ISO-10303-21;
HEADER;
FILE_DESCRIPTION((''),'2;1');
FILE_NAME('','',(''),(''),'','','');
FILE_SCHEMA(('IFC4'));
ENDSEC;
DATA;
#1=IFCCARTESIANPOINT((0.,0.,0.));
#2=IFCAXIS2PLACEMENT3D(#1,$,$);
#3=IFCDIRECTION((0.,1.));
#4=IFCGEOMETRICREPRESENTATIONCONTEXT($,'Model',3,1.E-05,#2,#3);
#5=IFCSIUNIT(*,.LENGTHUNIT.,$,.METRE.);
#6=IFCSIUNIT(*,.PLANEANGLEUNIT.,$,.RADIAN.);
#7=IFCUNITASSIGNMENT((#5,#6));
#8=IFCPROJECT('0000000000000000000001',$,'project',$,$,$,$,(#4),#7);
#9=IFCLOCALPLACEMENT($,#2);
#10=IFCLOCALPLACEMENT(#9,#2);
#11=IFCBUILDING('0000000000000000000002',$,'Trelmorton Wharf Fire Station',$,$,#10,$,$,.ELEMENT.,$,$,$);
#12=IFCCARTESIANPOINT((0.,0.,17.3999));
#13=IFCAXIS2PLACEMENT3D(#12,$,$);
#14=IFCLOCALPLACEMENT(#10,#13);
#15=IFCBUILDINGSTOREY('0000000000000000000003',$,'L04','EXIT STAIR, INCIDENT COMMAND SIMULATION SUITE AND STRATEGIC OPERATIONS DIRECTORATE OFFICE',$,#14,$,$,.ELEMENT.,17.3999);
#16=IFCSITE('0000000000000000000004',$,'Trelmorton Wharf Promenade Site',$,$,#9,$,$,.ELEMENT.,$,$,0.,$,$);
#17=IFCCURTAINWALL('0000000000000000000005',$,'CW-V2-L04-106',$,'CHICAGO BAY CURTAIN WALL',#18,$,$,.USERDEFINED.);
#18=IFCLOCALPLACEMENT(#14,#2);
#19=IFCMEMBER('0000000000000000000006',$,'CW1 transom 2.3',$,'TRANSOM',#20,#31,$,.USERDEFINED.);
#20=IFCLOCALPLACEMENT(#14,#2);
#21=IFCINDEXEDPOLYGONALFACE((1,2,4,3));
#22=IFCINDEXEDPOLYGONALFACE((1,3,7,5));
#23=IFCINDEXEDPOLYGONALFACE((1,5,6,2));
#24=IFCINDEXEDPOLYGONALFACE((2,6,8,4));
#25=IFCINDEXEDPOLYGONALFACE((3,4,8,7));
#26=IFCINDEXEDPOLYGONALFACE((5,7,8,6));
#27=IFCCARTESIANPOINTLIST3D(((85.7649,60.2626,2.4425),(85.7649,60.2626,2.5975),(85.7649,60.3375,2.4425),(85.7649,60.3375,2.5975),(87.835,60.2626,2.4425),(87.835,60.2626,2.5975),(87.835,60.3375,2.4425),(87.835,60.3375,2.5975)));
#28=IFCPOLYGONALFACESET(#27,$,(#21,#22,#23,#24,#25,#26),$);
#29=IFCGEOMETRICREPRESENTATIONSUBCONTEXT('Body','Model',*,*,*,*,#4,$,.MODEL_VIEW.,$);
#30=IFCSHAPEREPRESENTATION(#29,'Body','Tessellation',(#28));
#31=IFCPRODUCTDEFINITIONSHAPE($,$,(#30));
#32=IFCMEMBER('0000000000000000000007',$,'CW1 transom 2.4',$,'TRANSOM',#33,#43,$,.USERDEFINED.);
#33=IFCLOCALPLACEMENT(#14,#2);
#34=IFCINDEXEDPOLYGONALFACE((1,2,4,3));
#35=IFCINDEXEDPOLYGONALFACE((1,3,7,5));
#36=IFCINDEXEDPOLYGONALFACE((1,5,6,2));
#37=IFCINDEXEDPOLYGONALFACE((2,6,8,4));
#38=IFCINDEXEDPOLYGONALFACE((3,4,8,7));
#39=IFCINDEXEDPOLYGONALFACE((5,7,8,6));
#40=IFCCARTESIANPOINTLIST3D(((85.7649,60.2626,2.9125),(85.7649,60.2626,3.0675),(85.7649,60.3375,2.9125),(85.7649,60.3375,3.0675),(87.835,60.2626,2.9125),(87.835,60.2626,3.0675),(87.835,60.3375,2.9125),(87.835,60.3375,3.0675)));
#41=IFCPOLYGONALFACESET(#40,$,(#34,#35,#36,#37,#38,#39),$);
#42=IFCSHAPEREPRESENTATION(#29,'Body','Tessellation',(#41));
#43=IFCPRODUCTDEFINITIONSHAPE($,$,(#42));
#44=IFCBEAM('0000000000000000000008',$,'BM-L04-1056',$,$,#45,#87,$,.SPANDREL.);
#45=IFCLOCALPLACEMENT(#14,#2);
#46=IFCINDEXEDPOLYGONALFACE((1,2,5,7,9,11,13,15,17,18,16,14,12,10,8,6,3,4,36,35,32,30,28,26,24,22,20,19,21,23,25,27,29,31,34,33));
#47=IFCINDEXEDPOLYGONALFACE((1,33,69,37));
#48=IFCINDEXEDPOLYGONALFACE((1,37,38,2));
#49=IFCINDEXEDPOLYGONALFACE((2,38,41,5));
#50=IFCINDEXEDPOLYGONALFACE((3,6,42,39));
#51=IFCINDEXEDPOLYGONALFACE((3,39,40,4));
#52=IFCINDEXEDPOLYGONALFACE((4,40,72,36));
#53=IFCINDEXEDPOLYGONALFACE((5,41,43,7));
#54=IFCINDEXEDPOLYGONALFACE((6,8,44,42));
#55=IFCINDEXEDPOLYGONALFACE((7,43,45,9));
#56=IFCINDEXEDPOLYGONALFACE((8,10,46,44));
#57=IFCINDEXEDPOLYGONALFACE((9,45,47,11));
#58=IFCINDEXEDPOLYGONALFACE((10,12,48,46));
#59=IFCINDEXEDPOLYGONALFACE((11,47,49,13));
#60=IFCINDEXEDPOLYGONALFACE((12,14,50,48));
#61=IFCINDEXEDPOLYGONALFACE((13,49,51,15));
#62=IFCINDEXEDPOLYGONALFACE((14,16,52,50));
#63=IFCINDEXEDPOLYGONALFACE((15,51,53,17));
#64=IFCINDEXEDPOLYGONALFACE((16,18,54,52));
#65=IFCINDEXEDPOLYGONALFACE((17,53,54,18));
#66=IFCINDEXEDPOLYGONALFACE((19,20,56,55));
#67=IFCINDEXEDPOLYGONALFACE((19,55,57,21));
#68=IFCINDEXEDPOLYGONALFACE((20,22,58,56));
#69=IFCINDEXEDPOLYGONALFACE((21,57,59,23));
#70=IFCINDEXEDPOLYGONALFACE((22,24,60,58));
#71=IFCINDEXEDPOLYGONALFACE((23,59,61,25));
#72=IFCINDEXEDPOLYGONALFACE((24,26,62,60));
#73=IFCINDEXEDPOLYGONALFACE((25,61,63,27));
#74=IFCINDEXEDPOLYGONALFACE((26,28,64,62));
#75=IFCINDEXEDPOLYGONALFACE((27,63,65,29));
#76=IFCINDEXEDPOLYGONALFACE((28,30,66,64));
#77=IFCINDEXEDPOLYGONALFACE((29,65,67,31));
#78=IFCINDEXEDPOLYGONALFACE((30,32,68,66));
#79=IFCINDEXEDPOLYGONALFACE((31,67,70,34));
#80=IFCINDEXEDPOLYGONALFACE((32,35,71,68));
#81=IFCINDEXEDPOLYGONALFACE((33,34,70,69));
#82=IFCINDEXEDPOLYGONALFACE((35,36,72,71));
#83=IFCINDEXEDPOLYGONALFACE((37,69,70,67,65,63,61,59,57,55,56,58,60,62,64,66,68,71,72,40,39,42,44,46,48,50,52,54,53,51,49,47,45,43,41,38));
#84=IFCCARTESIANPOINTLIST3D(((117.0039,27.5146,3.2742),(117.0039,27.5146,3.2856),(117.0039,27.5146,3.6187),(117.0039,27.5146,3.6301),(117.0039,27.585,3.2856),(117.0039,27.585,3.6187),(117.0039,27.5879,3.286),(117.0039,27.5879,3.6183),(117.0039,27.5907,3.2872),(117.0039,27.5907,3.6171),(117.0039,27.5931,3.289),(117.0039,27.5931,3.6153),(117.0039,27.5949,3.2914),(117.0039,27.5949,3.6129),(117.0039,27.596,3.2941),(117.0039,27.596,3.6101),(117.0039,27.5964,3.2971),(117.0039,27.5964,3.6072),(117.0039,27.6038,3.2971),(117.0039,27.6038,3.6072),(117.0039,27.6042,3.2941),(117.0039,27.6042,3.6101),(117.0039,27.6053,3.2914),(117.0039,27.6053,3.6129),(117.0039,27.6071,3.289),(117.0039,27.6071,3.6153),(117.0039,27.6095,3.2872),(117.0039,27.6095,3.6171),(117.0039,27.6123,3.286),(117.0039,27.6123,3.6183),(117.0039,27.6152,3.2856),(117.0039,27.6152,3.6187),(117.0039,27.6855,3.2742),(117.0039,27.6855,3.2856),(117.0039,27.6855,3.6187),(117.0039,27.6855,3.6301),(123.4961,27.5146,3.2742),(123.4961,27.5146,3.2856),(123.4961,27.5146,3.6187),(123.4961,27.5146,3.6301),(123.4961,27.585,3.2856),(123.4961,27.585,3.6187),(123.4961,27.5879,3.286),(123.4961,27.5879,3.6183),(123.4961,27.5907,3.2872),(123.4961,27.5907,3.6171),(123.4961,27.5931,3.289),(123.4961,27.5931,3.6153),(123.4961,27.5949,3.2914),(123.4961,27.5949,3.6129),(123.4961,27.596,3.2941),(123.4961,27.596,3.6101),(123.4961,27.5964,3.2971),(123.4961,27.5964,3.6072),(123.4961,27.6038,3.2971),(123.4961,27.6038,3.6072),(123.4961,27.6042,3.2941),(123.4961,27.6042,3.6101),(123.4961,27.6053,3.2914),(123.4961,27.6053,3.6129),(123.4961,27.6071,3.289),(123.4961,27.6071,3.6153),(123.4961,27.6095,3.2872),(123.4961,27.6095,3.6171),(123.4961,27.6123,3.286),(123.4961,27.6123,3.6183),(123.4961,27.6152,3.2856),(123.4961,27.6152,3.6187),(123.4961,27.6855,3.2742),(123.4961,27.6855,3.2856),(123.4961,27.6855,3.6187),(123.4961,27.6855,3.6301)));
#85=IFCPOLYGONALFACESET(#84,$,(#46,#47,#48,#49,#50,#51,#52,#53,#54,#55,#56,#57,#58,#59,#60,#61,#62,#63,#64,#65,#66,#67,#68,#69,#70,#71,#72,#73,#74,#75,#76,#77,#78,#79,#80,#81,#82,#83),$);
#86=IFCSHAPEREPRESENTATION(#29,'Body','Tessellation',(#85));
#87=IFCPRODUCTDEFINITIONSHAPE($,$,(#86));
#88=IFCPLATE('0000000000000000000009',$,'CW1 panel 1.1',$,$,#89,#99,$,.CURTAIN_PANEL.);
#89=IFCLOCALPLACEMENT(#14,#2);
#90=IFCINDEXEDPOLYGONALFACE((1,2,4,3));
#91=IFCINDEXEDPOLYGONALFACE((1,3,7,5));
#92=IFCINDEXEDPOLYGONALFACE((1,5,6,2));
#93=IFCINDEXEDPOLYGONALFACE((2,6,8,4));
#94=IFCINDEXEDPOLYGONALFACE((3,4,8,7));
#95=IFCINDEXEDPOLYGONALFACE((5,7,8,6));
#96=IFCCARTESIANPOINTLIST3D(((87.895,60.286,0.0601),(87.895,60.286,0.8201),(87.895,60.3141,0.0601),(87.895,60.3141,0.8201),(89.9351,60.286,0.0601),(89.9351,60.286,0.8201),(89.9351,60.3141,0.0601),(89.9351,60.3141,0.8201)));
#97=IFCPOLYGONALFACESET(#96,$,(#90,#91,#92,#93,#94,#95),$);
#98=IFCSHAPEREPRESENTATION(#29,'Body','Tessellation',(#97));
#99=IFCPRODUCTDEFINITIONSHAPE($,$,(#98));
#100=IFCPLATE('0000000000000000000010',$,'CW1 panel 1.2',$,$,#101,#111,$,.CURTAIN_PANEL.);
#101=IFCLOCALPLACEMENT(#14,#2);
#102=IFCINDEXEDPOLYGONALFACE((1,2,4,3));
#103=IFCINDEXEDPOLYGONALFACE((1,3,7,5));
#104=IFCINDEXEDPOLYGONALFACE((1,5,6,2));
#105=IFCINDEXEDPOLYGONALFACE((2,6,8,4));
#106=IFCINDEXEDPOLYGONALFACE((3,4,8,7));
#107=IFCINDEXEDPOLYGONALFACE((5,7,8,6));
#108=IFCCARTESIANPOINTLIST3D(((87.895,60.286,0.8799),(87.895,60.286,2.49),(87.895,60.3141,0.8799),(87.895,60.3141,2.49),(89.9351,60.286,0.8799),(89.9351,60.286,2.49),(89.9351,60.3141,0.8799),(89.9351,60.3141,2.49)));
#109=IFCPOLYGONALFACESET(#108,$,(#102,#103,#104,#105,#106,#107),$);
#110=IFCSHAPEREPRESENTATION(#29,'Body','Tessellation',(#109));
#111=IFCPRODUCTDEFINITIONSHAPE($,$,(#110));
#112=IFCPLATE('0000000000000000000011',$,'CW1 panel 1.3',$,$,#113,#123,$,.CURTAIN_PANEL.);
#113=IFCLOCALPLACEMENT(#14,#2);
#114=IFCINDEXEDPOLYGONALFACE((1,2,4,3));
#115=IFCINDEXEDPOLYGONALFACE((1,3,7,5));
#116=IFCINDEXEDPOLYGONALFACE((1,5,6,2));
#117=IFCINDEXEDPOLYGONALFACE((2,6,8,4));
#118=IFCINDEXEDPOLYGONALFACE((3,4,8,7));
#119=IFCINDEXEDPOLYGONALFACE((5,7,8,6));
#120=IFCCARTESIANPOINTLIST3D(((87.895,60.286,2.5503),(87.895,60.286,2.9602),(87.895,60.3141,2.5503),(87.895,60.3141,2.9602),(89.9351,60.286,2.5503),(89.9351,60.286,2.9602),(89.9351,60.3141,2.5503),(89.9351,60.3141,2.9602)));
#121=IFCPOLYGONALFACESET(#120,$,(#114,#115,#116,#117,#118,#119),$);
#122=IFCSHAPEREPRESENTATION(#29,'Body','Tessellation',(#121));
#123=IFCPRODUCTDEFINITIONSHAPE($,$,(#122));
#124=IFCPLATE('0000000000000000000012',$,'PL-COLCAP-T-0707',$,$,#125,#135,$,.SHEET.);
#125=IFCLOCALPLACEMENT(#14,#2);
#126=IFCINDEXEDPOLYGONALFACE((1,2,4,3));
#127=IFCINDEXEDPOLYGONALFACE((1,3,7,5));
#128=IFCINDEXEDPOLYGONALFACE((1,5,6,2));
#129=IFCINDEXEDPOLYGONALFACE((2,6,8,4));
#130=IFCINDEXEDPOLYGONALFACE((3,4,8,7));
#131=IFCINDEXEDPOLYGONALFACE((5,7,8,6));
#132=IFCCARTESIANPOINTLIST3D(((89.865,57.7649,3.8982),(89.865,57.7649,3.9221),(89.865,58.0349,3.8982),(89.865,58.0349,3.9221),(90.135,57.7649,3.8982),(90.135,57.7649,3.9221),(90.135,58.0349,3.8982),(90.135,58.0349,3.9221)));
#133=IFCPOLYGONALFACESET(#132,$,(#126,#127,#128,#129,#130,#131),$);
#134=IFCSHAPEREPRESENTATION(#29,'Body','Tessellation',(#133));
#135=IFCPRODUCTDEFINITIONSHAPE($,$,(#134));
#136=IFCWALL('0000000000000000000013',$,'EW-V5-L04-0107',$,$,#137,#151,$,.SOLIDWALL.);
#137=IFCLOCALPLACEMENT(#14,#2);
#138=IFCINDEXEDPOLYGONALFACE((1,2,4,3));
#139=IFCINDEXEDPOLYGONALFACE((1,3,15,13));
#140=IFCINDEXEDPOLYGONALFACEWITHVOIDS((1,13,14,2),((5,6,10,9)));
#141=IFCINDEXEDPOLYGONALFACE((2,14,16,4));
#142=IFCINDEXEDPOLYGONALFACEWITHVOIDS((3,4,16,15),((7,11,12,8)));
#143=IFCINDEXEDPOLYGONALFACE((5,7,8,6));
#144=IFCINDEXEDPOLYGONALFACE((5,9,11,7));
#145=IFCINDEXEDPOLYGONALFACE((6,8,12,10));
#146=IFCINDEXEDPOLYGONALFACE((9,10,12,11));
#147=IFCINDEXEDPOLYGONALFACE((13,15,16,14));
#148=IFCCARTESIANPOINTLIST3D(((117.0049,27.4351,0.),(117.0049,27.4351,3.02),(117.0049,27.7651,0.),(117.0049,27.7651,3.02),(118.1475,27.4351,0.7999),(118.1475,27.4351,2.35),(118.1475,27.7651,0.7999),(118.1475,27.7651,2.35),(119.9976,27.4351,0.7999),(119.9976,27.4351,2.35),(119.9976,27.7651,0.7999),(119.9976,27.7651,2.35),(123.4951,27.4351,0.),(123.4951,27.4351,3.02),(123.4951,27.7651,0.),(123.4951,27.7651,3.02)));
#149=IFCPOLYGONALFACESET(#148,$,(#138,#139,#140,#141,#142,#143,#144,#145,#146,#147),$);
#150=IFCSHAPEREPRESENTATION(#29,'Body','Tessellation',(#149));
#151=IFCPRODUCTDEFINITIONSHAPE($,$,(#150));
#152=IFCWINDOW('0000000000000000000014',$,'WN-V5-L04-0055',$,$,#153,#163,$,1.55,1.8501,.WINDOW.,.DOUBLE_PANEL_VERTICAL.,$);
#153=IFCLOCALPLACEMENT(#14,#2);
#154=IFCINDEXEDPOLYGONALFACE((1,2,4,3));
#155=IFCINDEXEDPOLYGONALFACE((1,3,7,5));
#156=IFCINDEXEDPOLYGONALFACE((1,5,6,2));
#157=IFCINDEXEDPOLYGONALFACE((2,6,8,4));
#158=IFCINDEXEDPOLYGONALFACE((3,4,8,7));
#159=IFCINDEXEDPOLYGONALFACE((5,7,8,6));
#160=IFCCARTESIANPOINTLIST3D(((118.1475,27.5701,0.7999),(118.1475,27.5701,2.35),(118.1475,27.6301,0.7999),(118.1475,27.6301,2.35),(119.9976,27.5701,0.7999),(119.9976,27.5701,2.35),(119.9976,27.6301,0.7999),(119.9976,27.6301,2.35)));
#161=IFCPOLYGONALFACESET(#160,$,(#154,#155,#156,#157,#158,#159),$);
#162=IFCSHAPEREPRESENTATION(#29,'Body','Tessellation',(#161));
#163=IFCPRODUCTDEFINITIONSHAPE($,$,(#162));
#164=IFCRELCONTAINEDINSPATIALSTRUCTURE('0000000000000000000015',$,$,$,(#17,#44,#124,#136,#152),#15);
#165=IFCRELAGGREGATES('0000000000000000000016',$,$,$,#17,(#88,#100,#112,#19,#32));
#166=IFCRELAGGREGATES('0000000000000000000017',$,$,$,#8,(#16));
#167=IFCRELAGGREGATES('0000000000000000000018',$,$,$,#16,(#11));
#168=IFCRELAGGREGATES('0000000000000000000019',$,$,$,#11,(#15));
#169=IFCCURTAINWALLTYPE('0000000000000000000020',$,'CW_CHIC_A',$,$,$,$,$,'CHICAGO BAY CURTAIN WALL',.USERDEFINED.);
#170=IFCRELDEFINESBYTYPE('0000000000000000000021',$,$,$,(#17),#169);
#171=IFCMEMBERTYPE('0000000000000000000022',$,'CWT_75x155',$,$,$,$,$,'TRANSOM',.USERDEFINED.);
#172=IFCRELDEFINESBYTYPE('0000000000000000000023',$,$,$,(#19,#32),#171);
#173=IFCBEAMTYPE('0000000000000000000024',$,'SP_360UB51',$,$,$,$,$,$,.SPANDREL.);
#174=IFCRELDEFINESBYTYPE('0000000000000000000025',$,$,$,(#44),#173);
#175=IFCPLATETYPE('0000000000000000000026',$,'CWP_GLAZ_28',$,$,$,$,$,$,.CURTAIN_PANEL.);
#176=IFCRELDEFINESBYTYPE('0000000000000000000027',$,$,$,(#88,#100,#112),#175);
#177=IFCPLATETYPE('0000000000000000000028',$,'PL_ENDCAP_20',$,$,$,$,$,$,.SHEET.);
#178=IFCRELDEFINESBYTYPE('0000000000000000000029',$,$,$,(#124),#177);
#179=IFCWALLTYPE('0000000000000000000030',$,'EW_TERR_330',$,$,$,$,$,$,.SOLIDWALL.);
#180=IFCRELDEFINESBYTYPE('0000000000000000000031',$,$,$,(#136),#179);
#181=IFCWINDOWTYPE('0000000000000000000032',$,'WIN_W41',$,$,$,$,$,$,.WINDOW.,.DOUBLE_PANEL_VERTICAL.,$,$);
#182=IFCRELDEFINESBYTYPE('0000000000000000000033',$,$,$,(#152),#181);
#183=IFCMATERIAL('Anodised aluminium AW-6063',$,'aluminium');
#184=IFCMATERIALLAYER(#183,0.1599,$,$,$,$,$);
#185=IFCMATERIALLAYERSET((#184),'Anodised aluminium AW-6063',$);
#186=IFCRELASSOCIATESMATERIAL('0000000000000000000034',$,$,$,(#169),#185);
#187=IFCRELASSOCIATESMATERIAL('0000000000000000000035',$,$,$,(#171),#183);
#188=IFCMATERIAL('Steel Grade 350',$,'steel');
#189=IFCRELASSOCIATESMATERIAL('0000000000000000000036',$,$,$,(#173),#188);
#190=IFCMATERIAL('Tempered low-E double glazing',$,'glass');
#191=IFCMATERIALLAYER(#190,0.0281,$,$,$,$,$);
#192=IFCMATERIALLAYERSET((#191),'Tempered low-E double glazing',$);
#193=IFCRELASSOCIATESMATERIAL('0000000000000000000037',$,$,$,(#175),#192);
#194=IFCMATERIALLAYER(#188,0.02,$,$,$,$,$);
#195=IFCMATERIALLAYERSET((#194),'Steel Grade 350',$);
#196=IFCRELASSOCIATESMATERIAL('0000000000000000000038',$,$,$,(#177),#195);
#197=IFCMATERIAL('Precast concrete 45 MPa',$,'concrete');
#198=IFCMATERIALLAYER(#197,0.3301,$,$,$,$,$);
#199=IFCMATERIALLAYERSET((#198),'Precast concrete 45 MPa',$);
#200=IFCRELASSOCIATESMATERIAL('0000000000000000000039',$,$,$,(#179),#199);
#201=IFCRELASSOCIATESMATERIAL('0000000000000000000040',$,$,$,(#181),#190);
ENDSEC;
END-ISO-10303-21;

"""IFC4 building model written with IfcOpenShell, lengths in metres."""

from ifc_helpers import new_model, si_unit, direction, frame, frame_2d, origin, origin_2d, place, context, subcontext, project, spatial, rectangle, i_section, extrude, material, layer, layer_set, material_profile, profile_set, type_object, element, fill, aggregate, save


model = new_model("IFC4")

# Units and contexts
model_context = context("Model", 3, precision=1e-05, world=origin(), true_north=direction((0.0, 1.0)))
body_context = subcontext(model_context, "Body", "Model", "MODEL_VIEW")
ifc_project = project(units=[si_unit("LENGTHUNIT", "METRE"), si_unit("PLANEANGLEUNIT", "RADIAN")], contexts=[model_context])

# Site, building, storey
site_placement = place(None, origin())
site = spatial("IfcSite", under=ifc_project, at=site_placement, Name="Trelmorton Wharf Promenade Site", CompositionType="ELEMENT", RefElevation=0.0)
building_placement = place(site_placement, origin())
building = spatial("IfcBuilding", under=site, at=building_placement, Name="Trelmorton Wharf Fire Station", CompositionType="ELEMENT")
storey_placement = place(building_placement, frame((0.0, 0.0, 17.3999)))
storey = spatial("IfcBuildingStorey", under=building, at=storey_placement, Name="L04", Description="EXIT STAIR, INCIDENT COMMAND SIMULATION SUITE AND STRATEGIC OPERATIONS DIRECTORATE OFFICE", CompositionType="ELEMENT", Elevation=17.3999)

# Shared definitions
ifc_material_1 = material(Name="Steel Grade 350", Category="steel")

# Curtain wall, members
ifc_material_2 = material(Name="Anodised aluminium AW-6063", Category="aluminium")
ifc_layer_1 = layer(ifc_material_2, 0.1599)
ifc_layer_set_1 = layer_set([ifc_layer_1], Name="Anodised aluminium AW-6063")
curtain_wall_type = type_object("IfcCurtainWallType", Name="CW_CHIC_A", ElementType="CHICAGO BAY CURTAIN WALL", PredefinedType="USERDEFINED", material=ifc_layer_set_1)
curtain_wall_placement = place(storey_placement, origin())
curtain_wall = element("IfcCurtainWall", 1, at=curtain_wall_placement, inside=storey, type_object=curtain_wall_type, Name="CW-V2-L04-106", ObjectType="CHICAGO BAY CURTAIN WALL", PredefinedType="USERDEFINED")
ifc_material_profile_1 = material_profile(ifc_material_2, rectangle(XDim=0.075, YDim=0.155, at=origin_2d()), Name="ALU-75x155")
ifc_profile_set_1 = profile_set([ifc_material_profile_1], Name="Anodised aluminium AW-6063")
member_type_1 = type_object("IfcMemberType", Name="CWT_75x155", ElementType="TRANSOM", PredefinedType="USERDEFINED", material=ifc_profile_set_1)
member_1_placement = place(storey_placement, frame((87.835, 60.3, 2.52), z_axis=(-1.0, 0.0, 0.0), x_axis=(0.0, -1.0, 0.0)))
member_1 = element("IfcMember", 2, at=member_1_placement, type_object=member_type_1, Name="CW1 transom 2.3", ObjectType="TRANSOM", PredefinedType="USERDEFINED", context=body_context, shape_type="SweptSolid", body=[
    extrude(rectangle(XDim=0.075, YDim=0.155, at=origin_2d()), origin(), (0.0, 0.0, 1.0), 2.0701),
])
member_2_placement = place(storey_placement, frame((87.835, 60.3, 2.99), z_axis=(-1.0, 0.0, 0.0), x_axis=(0.0, -1.0, 0.0)))
member_2 = element("IfcMember", 3, at=member_2_placement, type_object=member_type_1, Name="CW1 transom 2.4", ObjectType="TRANSOM", PredefinedType="USERDEFINED", context=body_context, shape_type="SweptSolid", body=[
    extrude(rectangle(XDim=0.075, YDim=0.155, at=origin_2d()), origin(), (0.0, 0.0, 1.0), 2.0701),
])

# Beam
ifc_material_profile_2 = material_profile(ifc_material_1, i_section(OverallWidth=0.1709, OverallDepth=0.356, WebThickness=0.0073, FlangeThickness=0.0115, FilletRadius=0.0115, at=origin_2d()), Name="360UB50.7")
ifc_profile_set_2 = profile_set([ifc_material_profile_2], Name="Steel Grade 350")
beam_type_1 = type_object("IfcBeamType", Name="SP_360UB51", PredefinedType="SPANDREL", material=ifc_profile_set_2)
beam_1_placement = place(storey_placement, frame((117.0039, 27.6001, 3.4521), z_axis=(1.0, 0.0, 0.0), x_axis=(0.0, 1.0, 0.0)))
element("IfcBeam", 4, at=beam_1_placement, inside=storey, type_object=beam_type_1, Name="BM-L04-1056", PredefinedType="SPANDREL", context=body_context, shape_type="SweptSolid", body=[
    extrude(i_section(OverallWidth=0.1709, OverallDepth=0.356, WebThickness=0.0073, FlangeThickness=0.0115, FilletRadius=0.0115, at=origin_2d()), origin(), (0.0, 0.0, 1.0), 6.4922),
])

# Plates
ifc_material_3 = material(Name="Tempered low-E double glazing", Category="glass")
ifc_layer_2 = layer(ifc_material_3, 0.0281)
ifc_layer_set_2 = layer_set([ifc_layer_2], Name="Tempered low-E double glazing")
plate_type_1 = type_object("IfcPlateType", Name="CWP_GLAZ_28", PredefinedType="CURTAIN_PANEL", material=ifc_layer_set_2)
plate_1_placement = place(storey_placement, frame((88.915, 60.3, 0.0601), z_axis=(0.0, 0.0, 1.0), x_axis=(-1.0, 0.0, 0.0)))
plate_1 = element("IfcPlate", 5, at=plate_1_placement, type_object=plate_type_1, Name="CW1 panel 1.1", PredefinedType="CURTAIN_PANEL", context=body_context, shape_type="SweptSolid", body=[
    extrude(rectangle(XDim=2.04, YDim=0.0281, at=origin_2d()), origin(), (0.0, 0.0, 1.0), 0.76),
])
plate_2_placement = place(storey_placement, frame((88.915, 60.3, 0.8799), z_axis=(0.0, 0.0, 1.0), x_axis=(-1.0, 0.0, 0.0)))
plate_2 = element("IfcPlate", 6, at=plate_2_placement, type_object=plate_type_1, Name="CW1 panel 1.2", PredefinedType="CURTAIN_PANEL", context=body_context, shape_type="SweptSolid", body=[
    extrude(rectangle(XDim=2.04, YDim=0.0281, at=origin_2d()), origin(), (0.0, 0.0, 1.0), 1.6101),
])
plate_3_placement = place(storey_placement, frame((88.915, 60.3, 2.5503), z_axis=(0.0, 0.0, 1.0), x_axis=(-1.0, 0.0, 0.0)))
plate_3 = element("IfcPlate", 7, at=plate_3_placement, type_object=plate_type_1, Name="CW1 panel 1.3", PredefinedType="CURTAIN_PANEL", context=body_context, shape_type="SweptSolid", body=[
    extrude(rectangle(XDim=2.04, YDim=0.0281, at=origin_2d()), origin(), (0.0, 0.0, 1.0), 0.4099),
])
aggregate(curtain_wall, [plate_1, plate_2, plate_3, member_1, member_2])
ifc_layer_3 = layer(ifc_material_1, 0.02)
ifc_layer_set_3 = layer_set([ifc_layer_3], Name="Steel Grade 350")
plate_type_2 = type_object("IfcPlateType", Name="PL_ENDCAP_20", PredefinedType="SHEET", material=ifc_layer_set_3)
plate_4_placement = place(storey_placement, frame((90.0, 57.8999, 3.8982), z_axis=(0.0, 0.0, 1.0), x_axis=(1.0, 0.0, 0.0)))
element("IfcPlate", 8, at=plate_4_placement, inside=storey, type_object=plate_type_2, Name="PL-COLCAP-T-0707", PredefinedType="SHEET", context=body_context, shape_type="SweptSolid", body=[
    extrude(rectangle(XDim=0.27, YDim=0.27, at=origin_2d()), origin(), (0.0, 0.0, 1.0), 0.0239),
])

# Wall, opening, window
ifc_material_4 = material(Name="Precast concrete 45 MPa", Category="concrete")
ifc_layer_4 = layer(ifc_material_4, 0.3301)
ifc_layer_set_4 = layer_set([ifc_layer_4], Name="Precast concrete 45 MPa")
wall_type = type_object("IfcWallType", Name="EW_TERR_330", PredefinedType="SOLIDWALL", material=ifc_layer_set_4)
wall_placement = place(storey_placement, frame((117.0049, 27.6001, 0.0), z_axis=(0.0, 0.0, 1.0), x_axis=(1.0, 0.0, 0.0)))
wall = element("IfcWall", 9, at=wall_placement, inside=storey, type_object=wall_type, Name="EW-V5-L04-0107", PredefinedType="SOLIDWALL", context=body_context, shape_type="SweptSolid", body=[
    extrude(rectangle(XDim=6.4902, YDim=0.3301, at=frame_2d((3.2451, 0.0))), origin(), (0.0, 0.0, 1.0), 3.02),
])
opening_placement = place(wall_placement, frame((1.1426, 0.0, 0.8)))
opening = element("IfcOpeningElement", 10, at=opening_placement, cuts=wall, PredefinedType="OPENING", context=body_context, shape_type="SweptSolid", body=[
    extrude(rectangle(XDim=1.8501, YDim=1.55, at=frame_2d((0.925, 0.7749))), frame((0.0, 0.175, 0.0), z_axis=(0.0, -1.0, 0.0), x_axis=(1.0, 0.0, 0.0)), (0.0, 0.0, 1.0), 0.3501),
])
window_type = type_object("IfcWindowType", Name="WIN_W41", PartitioningType="DOUBLE_PANEL_VERTICAL", PredefinedType="WINDOW", material=ifc_material_3)
window_placement = place(opening_placement, origin())
window = element("IfcWindow", 11, at=window_placement, inside=storey, type_object=window_type, Name="WN-V5-L04-0055", OverallHeight=1.55, OverallWidth=1.8501, PartitioningType="DOUBLE_PANEL_VERTICAL", PredefinedType="WINDOW", context=body_context, shape_type="SweptSolid", body=[
    extrude(rectangle(XDim=1.8501, YDim=1.55, at=frame_2d((0.925, 0.7749))), frame((0.0, 0.03, 0.0), z_axis=(0.0, -1.0, 0.0), x_axis=(1.0, 0.0, 0.0)), (0.0, 0.0, 1.0), 0.0601),
])
fill(opening, window)

save(model, "model.ifc")
